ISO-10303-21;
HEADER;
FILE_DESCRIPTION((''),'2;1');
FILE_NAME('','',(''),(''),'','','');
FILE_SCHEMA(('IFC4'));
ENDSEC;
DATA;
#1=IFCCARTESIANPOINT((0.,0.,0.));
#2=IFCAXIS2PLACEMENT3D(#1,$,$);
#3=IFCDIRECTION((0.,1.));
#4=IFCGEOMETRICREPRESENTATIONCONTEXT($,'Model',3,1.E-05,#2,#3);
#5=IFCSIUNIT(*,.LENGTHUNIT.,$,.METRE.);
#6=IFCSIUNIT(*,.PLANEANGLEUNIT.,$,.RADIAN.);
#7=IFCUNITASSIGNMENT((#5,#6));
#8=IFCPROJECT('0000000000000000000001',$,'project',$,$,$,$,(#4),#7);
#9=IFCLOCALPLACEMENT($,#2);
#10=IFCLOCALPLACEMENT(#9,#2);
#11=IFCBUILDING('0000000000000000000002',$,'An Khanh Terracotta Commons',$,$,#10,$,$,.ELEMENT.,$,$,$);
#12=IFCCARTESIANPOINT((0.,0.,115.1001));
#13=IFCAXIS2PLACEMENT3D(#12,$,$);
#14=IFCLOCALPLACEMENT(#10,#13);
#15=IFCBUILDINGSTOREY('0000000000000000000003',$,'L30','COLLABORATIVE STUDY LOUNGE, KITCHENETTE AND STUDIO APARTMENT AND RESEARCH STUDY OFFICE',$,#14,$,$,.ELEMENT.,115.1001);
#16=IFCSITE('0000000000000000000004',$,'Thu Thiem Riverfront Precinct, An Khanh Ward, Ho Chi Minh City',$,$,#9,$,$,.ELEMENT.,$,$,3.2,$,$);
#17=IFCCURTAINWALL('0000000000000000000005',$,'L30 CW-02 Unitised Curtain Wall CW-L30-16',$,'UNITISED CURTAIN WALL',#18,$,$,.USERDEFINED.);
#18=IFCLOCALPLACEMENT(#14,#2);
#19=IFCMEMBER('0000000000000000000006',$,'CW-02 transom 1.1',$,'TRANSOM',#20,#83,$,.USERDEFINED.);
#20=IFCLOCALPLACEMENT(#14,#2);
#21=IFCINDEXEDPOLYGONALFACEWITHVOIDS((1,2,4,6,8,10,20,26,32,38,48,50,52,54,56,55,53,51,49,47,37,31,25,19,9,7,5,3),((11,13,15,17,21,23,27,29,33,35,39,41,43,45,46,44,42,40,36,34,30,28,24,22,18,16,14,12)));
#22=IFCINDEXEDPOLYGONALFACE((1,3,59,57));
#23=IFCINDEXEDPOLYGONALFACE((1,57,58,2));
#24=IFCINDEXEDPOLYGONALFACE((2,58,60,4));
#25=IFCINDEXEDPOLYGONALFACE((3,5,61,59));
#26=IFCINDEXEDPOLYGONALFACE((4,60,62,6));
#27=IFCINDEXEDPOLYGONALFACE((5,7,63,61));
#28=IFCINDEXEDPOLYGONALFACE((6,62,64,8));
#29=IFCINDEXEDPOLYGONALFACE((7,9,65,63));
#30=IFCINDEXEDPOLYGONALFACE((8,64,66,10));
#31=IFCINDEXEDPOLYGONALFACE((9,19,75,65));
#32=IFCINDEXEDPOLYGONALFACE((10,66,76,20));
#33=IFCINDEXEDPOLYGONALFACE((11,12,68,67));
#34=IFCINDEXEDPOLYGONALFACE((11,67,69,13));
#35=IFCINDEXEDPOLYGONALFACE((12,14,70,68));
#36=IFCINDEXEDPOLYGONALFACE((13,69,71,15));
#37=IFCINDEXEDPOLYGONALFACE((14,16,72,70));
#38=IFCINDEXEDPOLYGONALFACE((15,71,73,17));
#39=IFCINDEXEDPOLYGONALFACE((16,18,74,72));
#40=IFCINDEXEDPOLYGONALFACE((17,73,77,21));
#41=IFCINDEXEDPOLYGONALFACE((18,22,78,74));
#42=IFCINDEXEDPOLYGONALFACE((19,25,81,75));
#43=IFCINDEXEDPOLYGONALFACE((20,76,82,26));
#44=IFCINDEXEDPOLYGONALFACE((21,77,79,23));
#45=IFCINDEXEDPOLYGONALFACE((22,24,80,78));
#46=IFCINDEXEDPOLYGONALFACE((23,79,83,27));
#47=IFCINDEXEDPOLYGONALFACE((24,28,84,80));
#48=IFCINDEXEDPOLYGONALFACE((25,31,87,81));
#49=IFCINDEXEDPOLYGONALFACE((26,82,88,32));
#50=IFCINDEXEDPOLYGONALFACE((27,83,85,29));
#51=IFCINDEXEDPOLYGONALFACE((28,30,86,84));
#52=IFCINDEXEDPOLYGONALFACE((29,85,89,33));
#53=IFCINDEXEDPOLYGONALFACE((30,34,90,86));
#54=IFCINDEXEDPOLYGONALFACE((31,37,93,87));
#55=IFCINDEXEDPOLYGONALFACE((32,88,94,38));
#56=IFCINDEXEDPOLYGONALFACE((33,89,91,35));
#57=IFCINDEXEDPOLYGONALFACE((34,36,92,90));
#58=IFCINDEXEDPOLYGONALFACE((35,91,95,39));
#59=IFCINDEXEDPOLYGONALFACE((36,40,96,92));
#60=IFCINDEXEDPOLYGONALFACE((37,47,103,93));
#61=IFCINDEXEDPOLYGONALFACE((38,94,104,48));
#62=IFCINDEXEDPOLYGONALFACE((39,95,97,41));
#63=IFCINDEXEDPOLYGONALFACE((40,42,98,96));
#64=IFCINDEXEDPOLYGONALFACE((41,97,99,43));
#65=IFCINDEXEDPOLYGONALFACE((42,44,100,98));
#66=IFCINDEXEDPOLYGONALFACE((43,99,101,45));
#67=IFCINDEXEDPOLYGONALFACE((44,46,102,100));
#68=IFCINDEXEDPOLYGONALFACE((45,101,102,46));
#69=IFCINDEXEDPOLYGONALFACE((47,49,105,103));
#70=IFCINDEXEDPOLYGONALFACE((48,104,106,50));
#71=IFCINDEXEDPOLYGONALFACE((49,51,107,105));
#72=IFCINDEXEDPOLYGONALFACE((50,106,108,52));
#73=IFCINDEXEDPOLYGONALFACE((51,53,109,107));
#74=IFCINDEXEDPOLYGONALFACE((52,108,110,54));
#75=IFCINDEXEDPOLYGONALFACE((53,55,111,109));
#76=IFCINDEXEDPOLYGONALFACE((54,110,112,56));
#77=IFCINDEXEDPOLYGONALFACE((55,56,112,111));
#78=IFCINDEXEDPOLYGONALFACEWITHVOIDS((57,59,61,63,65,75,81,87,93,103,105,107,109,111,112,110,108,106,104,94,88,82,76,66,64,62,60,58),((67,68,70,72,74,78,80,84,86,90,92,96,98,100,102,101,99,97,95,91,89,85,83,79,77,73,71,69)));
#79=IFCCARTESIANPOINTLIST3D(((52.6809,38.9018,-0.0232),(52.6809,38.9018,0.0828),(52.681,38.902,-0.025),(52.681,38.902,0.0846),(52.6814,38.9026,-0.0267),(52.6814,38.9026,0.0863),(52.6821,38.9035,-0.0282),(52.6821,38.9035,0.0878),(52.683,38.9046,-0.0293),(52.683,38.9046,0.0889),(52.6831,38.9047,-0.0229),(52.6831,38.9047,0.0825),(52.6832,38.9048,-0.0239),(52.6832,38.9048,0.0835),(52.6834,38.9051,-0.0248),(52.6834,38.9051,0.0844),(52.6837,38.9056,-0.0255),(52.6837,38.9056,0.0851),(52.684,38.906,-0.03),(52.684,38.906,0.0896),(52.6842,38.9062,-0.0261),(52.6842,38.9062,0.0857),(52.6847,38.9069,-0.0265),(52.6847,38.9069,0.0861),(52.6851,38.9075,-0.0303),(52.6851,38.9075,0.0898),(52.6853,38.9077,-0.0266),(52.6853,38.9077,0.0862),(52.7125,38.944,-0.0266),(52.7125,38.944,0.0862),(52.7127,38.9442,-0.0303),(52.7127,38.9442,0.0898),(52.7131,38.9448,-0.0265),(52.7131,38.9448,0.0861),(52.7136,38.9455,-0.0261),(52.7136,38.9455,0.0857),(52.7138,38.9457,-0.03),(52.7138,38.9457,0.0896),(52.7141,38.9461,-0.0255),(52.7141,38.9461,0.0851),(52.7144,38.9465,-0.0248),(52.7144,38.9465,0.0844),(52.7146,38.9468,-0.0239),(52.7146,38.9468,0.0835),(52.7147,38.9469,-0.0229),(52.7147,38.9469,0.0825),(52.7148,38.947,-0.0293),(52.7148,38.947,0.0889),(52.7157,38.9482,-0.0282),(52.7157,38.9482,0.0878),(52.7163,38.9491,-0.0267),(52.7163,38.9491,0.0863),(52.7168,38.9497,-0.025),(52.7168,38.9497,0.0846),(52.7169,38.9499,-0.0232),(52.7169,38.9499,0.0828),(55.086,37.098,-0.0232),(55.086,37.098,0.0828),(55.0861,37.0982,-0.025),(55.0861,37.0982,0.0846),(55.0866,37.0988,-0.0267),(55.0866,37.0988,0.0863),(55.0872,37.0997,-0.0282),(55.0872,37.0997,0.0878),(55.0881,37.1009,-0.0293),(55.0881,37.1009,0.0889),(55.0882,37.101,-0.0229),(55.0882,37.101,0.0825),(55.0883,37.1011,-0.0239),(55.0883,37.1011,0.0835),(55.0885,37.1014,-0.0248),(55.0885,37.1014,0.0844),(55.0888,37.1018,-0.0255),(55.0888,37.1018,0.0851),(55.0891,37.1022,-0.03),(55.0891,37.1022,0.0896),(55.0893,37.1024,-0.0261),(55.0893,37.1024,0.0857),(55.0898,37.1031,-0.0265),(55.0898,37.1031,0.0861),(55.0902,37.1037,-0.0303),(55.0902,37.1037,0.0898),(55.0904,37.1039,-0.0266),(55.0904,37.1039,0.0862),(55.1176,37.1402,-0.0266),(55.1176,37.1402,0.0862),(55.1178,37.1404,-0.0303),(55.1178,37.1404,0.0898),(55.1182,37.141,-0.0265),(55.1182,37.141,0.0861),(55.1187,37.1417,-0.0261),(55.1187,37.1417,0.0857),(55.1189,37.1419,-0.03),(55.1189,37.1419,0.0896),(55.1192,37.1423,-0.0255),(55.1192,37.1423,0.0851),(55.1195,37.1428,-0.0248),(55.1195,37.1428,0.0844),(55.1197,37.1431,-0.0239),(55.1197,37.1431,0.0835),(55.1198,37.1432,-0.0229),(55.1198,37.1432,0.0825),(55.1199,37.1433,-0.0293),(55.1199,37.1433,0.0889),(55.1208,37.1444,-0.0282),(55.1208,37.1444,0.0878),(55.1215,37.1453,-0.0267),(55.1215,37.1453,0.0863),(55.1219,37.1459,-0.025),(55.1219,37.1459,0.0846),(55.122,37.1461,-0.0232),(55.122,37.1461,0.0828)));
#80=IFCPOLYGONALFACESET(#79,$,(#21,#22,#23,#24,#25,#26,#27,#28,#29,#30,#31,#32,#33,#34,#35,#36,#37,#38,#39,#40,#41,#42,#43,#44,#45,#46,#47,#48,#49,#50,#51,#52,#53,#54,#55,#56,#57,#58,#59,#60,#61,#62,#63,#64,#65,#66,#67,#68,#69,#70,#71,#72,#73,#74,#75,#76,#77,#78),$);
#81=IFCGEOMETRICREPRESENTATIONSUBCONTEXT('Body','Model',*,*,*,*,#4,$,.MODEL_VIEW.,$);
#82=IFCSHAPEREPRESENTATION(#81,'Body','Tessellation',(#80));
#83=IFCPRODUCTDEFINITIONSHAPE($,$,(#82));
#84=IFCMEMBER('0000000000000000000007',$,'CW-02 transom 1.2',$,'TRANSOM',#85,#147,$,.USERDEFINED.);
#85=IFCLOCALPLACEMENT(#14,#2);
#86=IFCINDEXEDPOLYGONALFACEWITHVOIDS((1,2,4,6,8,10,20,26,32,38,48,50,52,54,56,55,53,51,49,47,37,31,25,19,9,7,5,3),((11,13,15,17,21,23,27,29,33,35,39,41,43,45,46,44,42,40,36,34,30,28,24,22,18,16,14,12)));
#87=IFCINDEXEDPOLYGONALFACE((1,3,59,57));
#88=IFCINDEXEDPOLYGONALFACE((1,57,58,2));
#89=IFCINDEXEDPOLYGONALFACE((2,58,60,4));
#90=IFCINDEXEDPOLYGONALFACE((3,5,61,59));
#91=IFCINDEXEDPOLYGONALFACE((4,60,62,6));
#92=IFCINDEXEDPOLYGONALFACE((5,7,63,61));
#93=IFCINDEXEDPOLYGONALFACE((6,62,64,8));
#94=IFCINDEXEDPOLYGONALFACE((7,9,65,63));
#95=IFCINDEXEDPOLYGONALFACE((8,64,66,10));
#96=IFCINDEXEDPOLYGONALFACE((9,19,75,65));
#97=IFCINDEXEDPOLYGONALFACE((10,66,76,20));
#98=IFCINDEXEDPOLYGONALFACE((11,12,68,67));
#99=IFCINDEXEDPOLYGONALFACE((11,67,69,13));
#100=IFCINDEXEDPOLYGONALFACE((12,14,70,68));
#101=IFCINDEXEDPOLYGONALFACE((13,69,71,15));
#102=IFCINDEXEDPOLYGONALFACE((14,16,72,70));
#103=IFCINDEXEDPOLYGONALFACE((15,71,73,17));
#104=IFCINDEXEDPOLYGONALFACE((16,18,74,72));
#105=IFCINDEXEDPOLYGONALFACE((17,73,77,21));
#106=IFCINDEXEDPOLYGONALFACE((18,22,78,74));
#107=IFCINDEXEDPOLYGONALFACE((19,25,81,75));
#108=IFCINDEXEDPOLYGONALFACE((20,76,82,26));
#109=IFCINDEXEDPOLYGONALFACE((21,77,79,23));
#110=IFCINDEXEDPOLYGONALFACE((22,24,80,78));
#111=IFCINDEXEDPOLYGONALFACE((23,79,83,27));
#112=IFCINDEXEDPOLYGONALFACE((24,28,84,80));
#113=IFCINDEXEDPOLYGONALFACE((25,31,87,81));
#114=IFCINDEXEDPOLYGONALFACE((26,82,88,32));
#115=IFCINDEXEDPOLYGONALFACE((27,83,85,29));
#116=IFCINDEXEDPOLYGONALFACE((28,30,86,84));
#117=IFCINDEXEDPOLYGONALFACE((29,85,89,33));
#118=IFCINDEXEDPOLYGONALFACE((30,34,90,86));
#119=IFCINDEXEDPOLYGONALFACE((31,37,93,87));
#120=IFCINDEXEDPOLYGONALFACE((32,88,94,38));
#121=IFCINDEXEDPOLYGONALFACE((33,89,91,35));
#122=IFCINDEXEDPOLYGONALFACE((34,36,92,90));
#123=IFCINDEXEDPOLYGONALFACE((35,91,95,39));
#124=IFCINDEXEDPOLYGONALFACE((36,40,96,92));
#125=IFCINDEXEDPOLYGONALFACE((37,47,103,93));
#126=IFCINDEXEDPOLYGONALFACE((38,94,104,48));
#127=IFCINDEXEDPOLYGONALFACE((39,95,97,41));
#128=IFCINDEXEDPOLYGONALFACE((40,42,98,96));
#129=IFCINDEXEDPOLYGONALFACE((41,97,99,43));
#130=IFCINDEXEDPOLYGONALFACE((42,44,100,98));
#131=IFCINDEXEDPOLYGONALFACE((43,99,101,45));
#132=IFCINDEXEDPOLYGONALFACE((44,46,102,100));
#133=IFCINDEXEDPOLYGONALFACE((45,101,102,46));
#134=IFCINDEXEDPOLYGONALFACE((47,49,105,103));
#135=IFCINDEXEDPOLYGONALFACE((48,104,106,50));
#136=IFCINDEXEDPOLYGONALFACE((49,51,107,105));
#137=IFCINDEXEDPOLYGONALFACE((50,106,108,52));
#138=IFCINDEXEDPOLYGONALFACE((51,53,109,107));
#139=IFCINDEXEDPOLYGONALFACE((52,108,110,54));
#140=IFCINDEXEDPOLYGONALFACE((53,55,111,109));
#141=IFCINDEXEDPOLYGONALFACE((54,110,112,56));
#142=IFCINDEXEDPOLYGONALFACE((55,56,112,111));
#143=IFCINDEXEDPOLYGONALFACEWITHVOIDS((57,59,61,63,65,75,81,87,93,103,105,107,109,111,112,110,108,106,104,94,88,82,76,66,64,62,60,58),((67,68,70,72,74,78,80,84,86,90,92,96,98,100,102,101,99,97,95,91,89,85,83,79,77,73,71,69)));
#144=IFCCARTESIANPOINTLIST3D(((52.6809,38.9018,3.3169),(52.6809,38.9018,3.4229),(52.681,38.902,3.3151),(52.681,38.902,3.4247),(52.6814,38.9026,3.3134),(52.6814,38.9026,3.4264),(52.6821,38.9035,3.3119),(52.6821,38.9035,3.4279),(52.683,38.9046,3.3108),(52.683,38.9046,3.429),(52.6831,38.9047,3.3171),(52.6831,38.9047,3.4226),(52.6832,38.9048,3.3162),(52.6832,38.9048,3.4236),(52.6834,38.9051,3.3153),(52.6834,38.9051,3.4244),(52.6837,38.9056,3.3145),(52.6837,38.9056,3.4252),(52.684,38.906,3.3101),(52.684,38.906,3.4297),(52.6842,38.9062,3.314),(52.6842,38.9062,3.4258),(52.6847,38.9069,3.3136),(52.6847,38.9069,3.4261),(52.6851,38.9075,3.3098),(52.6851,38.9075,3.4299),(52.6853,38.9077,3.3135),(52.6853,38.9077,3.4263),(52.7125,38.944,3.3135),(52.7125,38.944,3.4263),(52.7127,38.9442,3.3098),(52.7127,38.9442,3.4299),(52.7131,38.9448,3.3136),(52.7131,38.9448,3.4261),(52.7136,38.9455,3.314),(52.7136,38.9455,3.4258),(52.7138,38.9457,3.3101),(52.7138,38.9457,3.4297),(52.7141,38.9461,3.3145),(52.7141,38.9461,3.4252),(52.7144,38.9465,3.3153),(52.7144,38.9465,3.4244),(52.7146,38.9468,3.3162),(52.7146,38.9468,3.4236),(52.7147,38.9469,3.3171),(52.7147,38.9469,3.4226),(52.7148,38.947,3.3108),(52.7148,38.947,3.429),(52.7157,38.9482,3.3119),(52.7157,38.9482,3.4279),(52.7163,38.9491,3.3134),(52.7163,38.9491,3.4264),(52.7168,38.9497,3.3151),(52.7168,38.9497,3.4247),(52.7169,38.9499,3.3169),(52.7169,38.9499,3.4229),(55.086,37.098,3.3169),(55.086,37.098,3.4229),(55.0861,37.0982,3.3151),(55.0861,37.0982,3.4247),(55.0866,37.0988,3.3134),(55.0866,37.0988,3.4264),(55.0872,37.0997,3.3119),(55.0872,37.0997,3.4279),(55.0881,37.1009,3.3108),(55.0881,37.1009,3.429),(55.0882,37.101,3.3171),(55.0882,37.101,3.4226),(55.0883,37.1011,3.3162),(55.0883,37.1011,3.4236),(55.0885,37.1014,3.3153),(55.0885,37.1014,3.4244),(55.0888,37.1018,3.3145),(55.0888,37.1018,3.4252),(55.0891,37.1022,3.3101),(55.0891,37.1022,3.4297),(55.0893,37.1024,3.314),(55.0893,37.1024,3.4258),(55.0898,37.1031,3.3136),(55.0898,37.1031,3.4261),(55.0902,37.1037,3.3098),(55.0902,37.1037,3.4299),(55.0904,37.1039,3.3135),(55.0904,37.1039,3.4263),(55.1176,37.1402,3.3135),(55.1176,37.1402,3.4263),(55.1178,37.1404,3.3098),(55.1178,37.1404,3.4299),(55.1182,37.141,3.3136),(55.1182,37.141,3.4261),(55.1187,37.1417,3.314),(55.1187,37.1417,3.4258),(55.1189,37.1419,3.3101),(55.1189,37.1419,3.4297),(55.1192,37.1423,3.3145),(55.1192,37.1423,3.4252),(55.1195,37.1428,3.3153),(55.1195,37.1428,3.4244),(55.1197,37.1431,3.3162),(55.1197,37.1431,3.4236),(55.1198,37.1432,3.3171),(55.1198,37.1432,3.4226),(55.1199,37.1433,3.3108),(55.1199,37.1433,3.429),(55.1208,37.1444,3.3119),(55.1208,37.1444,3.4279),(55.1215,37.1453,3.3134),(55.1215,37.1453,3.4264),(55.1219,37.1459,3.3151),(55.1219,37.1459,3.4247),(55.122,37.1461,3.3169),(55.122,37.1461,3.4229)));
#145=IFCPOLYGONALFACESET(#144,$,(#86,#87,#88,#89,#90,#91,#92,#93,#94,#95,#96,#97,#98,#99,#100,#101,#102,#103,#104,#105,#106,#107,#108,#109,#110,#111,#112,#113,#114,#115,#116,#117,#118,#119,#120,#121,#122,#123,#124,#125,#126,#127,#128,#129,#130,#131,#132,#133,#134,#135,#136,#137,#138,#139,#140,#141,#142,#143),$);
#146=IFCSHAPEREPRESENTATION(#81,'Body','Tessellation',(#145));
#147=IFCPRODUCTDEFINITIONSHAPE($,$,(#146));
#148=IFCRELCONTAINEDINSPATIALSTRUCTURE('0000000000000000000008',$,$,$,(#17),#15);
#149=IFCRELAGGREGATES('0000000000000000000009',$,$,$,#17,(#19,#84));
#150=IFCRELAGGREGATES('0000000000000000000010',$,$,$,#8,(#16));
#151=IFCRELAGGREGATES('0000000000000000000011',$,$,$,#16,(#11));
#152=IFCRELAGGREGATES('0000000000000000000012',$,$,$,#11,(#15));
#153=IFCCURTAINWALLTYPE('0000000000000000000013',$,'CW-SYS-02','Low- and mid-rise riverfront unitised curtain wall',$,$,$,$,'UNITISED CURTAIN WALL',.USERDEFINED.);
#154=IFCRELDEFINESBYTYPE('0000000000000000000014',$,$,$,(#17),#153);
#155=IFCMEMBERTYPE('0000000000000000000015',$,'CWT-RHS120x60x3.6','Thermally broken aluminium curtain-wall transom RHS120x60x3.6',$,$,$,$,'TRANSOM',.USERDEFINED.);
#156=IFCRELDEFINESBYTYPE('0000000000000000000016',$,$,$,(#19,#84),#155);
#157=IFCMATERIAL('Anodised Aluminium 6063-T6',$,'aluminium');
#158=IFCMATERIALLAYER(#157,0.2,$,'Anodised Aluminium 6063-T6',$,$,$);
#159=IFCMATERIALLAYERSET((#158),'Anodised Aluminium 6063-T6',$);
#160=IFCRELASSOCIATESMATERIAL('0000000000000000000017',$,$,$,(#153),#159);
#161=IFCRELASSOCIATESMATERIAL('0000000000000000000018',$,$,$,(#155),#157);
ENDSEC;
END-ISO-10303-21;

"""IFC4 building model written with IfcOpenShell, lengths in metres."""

from ifc_helpers import new_model, si_unit, direction, frame, origin, origin_2d, place, context, subcontext, project, spatial, hollow_rectangle, extrude, material, layer, layer_set, material_profile, profile_set, type_object, element, aggregate, save


model = new_model("IFC4")

# Units and contexts
model_context = context("Model", 3, precision=1e-05, world=origin(), true_north=direction((0.0, 1.0)))
body_context = subcontext(model_context, "Body", "Model", "MODEL_VIEW")
ifc_project = project(units=[si_unit("LENGTHUNIT", "METRE"), si_unit("PLANEANGLEUNIT", "RADIAN")], contexts=[model_context])

# Site, building, storey
site_placement = place(None, origin())
site = spatial("IfcSite", under=ifc_project, at=site_placement, Name="Thu Thiem Riverfront Precinct, An Khanh Ward, Ho Chi Minh City", CompositionType="ELEMENT", RefElevation=3.2)
building_placement = place(site_placement, origin())
building = spatial("IfcBuilding", under=site, at=building_placement, Name="An Khanh Terracotta Commons", CompositionType="ELEMENT")
storey_placement = place(building_placement, frame((0.0, 0.0, 115.1001)))
storey = spatial("IfcBuildingStorey", under=building, at=storey_placement, Name="L30", Description="COLLABORATIVE STUDY LOUNGE, KITCHENETTE AND STUDIO APARTMENT AND RESEARCH STUDY OFFICE", CompositionType="ELEMENT", Elevation=115.1001)

# Curtain wall, members
ifc_material_1 = material(Name="Anodised Aluminium 6063-T6", Category="aluminium")
ifc_layer_1 = layer(ifc_material_1, 0.2, Name="Anodised Aluminium 6063-T6")
ifc_layer_set_1 = layer_set([ifc_layer_1], Name="Anodised Aluminium 6063-T6")
curtain_wall_type_1 = type_object("IfcCurtainWallType", Name="CW-SYS-02", Description="Low- and mid-rise riverfront unitised curtain wall", ElementType="UNITISED CURTAIN WALL", PredefinedType="USERDEFINED", material=ifc_layer_set_1)
curtain_wall_1_placement = place(storey_placement, origin())
curtain_wall_1 = element("IfcCurtainWall", 1, at=curtain_wall_1_placement, inside=storey, type_object=curtain_wall_type_1, Name="L30 CW-02 Unitised Curtain Wall CW-L30-16", ObjectType="UNITISED CURTAIN WALL", PredefinedType="USERDEFINED")
ifc_material_profile_1 = material_profile(ifc_material_1, hollow_rectangle(XDim=0.0601, YDim=0.1201, WallThickness=0.0037, InnerFilletRadius=0.0037, OuterFilletRadius=0.0071, at=origin_2d()), Name="RHS120x60x3.6")
ifc_profile_set_1 = profile_set([ifc_material_profile_1], Name="Anodised Aluminium 6063-T6")
member_type_1 = type_object("IfcMemberType", Name="CWT-RHS120x60x3.6", Description="Thermally broken aluminium curtain-wall transom RHS120x60x3.6", ElementType="TRANSOM", PredefinedType="USERDEFINED", material=ifc_profile_set_1)
member_1_placement = place(storey_placement, frame((55.104, 37.1221, 0.0298), z_axis=(-0.80001, 0.599987, 0.0), x_axis=(-0.599987, -0.80001, 0.0)))
member_1 = element("IfcMember", 2, at=member_1_placement, type_object=member_type_1, Name="CW-02 transom 1.1", ObjectType="TRANSOM", PredefinedType="USERDEFINED", context=body_context, shape_type="SweptSolid", body=[
    extrude(hollow_rectangle(XDim=0.0601, YDim=0.1201, WallThickness=0.0037, InnerFilletRadius=0.0037, OuterFilletRadius=0.0071, at=origin_2d()), origin(), (0.0, 0.0, 1.0), 3.0063),
])
member_2_placement = place(storey_placement, frame((55.104, 37.1221, 3.3699), z_axis=(-0.80001, 0.599987, 0.0), x_axis=(-0.599987, -0.80001, 0.0)))
member_2 = element("IfcMember", 3, at=member_2_placement, type_object=member_type_1, Name="CW-02 transom 1.2", ObjectType="TRANSOM", PredefinedType="USERDEFINED", context=body_context, shape_type="SweptSolid", body=[
    extrude(hollow_rectangle(XDim=0.0601, YDim=0.1201, WallThickness=0.0037, InnerFilletRadius=0.0037, OuterFilletRadius=0.0071, at=origin_2d()), origin(), (0.0, 0.0, 1.0), 3.0063),
])

aggregate(curtain_wall_1, [member_1, member_2])

save(model, "model.ifc")
